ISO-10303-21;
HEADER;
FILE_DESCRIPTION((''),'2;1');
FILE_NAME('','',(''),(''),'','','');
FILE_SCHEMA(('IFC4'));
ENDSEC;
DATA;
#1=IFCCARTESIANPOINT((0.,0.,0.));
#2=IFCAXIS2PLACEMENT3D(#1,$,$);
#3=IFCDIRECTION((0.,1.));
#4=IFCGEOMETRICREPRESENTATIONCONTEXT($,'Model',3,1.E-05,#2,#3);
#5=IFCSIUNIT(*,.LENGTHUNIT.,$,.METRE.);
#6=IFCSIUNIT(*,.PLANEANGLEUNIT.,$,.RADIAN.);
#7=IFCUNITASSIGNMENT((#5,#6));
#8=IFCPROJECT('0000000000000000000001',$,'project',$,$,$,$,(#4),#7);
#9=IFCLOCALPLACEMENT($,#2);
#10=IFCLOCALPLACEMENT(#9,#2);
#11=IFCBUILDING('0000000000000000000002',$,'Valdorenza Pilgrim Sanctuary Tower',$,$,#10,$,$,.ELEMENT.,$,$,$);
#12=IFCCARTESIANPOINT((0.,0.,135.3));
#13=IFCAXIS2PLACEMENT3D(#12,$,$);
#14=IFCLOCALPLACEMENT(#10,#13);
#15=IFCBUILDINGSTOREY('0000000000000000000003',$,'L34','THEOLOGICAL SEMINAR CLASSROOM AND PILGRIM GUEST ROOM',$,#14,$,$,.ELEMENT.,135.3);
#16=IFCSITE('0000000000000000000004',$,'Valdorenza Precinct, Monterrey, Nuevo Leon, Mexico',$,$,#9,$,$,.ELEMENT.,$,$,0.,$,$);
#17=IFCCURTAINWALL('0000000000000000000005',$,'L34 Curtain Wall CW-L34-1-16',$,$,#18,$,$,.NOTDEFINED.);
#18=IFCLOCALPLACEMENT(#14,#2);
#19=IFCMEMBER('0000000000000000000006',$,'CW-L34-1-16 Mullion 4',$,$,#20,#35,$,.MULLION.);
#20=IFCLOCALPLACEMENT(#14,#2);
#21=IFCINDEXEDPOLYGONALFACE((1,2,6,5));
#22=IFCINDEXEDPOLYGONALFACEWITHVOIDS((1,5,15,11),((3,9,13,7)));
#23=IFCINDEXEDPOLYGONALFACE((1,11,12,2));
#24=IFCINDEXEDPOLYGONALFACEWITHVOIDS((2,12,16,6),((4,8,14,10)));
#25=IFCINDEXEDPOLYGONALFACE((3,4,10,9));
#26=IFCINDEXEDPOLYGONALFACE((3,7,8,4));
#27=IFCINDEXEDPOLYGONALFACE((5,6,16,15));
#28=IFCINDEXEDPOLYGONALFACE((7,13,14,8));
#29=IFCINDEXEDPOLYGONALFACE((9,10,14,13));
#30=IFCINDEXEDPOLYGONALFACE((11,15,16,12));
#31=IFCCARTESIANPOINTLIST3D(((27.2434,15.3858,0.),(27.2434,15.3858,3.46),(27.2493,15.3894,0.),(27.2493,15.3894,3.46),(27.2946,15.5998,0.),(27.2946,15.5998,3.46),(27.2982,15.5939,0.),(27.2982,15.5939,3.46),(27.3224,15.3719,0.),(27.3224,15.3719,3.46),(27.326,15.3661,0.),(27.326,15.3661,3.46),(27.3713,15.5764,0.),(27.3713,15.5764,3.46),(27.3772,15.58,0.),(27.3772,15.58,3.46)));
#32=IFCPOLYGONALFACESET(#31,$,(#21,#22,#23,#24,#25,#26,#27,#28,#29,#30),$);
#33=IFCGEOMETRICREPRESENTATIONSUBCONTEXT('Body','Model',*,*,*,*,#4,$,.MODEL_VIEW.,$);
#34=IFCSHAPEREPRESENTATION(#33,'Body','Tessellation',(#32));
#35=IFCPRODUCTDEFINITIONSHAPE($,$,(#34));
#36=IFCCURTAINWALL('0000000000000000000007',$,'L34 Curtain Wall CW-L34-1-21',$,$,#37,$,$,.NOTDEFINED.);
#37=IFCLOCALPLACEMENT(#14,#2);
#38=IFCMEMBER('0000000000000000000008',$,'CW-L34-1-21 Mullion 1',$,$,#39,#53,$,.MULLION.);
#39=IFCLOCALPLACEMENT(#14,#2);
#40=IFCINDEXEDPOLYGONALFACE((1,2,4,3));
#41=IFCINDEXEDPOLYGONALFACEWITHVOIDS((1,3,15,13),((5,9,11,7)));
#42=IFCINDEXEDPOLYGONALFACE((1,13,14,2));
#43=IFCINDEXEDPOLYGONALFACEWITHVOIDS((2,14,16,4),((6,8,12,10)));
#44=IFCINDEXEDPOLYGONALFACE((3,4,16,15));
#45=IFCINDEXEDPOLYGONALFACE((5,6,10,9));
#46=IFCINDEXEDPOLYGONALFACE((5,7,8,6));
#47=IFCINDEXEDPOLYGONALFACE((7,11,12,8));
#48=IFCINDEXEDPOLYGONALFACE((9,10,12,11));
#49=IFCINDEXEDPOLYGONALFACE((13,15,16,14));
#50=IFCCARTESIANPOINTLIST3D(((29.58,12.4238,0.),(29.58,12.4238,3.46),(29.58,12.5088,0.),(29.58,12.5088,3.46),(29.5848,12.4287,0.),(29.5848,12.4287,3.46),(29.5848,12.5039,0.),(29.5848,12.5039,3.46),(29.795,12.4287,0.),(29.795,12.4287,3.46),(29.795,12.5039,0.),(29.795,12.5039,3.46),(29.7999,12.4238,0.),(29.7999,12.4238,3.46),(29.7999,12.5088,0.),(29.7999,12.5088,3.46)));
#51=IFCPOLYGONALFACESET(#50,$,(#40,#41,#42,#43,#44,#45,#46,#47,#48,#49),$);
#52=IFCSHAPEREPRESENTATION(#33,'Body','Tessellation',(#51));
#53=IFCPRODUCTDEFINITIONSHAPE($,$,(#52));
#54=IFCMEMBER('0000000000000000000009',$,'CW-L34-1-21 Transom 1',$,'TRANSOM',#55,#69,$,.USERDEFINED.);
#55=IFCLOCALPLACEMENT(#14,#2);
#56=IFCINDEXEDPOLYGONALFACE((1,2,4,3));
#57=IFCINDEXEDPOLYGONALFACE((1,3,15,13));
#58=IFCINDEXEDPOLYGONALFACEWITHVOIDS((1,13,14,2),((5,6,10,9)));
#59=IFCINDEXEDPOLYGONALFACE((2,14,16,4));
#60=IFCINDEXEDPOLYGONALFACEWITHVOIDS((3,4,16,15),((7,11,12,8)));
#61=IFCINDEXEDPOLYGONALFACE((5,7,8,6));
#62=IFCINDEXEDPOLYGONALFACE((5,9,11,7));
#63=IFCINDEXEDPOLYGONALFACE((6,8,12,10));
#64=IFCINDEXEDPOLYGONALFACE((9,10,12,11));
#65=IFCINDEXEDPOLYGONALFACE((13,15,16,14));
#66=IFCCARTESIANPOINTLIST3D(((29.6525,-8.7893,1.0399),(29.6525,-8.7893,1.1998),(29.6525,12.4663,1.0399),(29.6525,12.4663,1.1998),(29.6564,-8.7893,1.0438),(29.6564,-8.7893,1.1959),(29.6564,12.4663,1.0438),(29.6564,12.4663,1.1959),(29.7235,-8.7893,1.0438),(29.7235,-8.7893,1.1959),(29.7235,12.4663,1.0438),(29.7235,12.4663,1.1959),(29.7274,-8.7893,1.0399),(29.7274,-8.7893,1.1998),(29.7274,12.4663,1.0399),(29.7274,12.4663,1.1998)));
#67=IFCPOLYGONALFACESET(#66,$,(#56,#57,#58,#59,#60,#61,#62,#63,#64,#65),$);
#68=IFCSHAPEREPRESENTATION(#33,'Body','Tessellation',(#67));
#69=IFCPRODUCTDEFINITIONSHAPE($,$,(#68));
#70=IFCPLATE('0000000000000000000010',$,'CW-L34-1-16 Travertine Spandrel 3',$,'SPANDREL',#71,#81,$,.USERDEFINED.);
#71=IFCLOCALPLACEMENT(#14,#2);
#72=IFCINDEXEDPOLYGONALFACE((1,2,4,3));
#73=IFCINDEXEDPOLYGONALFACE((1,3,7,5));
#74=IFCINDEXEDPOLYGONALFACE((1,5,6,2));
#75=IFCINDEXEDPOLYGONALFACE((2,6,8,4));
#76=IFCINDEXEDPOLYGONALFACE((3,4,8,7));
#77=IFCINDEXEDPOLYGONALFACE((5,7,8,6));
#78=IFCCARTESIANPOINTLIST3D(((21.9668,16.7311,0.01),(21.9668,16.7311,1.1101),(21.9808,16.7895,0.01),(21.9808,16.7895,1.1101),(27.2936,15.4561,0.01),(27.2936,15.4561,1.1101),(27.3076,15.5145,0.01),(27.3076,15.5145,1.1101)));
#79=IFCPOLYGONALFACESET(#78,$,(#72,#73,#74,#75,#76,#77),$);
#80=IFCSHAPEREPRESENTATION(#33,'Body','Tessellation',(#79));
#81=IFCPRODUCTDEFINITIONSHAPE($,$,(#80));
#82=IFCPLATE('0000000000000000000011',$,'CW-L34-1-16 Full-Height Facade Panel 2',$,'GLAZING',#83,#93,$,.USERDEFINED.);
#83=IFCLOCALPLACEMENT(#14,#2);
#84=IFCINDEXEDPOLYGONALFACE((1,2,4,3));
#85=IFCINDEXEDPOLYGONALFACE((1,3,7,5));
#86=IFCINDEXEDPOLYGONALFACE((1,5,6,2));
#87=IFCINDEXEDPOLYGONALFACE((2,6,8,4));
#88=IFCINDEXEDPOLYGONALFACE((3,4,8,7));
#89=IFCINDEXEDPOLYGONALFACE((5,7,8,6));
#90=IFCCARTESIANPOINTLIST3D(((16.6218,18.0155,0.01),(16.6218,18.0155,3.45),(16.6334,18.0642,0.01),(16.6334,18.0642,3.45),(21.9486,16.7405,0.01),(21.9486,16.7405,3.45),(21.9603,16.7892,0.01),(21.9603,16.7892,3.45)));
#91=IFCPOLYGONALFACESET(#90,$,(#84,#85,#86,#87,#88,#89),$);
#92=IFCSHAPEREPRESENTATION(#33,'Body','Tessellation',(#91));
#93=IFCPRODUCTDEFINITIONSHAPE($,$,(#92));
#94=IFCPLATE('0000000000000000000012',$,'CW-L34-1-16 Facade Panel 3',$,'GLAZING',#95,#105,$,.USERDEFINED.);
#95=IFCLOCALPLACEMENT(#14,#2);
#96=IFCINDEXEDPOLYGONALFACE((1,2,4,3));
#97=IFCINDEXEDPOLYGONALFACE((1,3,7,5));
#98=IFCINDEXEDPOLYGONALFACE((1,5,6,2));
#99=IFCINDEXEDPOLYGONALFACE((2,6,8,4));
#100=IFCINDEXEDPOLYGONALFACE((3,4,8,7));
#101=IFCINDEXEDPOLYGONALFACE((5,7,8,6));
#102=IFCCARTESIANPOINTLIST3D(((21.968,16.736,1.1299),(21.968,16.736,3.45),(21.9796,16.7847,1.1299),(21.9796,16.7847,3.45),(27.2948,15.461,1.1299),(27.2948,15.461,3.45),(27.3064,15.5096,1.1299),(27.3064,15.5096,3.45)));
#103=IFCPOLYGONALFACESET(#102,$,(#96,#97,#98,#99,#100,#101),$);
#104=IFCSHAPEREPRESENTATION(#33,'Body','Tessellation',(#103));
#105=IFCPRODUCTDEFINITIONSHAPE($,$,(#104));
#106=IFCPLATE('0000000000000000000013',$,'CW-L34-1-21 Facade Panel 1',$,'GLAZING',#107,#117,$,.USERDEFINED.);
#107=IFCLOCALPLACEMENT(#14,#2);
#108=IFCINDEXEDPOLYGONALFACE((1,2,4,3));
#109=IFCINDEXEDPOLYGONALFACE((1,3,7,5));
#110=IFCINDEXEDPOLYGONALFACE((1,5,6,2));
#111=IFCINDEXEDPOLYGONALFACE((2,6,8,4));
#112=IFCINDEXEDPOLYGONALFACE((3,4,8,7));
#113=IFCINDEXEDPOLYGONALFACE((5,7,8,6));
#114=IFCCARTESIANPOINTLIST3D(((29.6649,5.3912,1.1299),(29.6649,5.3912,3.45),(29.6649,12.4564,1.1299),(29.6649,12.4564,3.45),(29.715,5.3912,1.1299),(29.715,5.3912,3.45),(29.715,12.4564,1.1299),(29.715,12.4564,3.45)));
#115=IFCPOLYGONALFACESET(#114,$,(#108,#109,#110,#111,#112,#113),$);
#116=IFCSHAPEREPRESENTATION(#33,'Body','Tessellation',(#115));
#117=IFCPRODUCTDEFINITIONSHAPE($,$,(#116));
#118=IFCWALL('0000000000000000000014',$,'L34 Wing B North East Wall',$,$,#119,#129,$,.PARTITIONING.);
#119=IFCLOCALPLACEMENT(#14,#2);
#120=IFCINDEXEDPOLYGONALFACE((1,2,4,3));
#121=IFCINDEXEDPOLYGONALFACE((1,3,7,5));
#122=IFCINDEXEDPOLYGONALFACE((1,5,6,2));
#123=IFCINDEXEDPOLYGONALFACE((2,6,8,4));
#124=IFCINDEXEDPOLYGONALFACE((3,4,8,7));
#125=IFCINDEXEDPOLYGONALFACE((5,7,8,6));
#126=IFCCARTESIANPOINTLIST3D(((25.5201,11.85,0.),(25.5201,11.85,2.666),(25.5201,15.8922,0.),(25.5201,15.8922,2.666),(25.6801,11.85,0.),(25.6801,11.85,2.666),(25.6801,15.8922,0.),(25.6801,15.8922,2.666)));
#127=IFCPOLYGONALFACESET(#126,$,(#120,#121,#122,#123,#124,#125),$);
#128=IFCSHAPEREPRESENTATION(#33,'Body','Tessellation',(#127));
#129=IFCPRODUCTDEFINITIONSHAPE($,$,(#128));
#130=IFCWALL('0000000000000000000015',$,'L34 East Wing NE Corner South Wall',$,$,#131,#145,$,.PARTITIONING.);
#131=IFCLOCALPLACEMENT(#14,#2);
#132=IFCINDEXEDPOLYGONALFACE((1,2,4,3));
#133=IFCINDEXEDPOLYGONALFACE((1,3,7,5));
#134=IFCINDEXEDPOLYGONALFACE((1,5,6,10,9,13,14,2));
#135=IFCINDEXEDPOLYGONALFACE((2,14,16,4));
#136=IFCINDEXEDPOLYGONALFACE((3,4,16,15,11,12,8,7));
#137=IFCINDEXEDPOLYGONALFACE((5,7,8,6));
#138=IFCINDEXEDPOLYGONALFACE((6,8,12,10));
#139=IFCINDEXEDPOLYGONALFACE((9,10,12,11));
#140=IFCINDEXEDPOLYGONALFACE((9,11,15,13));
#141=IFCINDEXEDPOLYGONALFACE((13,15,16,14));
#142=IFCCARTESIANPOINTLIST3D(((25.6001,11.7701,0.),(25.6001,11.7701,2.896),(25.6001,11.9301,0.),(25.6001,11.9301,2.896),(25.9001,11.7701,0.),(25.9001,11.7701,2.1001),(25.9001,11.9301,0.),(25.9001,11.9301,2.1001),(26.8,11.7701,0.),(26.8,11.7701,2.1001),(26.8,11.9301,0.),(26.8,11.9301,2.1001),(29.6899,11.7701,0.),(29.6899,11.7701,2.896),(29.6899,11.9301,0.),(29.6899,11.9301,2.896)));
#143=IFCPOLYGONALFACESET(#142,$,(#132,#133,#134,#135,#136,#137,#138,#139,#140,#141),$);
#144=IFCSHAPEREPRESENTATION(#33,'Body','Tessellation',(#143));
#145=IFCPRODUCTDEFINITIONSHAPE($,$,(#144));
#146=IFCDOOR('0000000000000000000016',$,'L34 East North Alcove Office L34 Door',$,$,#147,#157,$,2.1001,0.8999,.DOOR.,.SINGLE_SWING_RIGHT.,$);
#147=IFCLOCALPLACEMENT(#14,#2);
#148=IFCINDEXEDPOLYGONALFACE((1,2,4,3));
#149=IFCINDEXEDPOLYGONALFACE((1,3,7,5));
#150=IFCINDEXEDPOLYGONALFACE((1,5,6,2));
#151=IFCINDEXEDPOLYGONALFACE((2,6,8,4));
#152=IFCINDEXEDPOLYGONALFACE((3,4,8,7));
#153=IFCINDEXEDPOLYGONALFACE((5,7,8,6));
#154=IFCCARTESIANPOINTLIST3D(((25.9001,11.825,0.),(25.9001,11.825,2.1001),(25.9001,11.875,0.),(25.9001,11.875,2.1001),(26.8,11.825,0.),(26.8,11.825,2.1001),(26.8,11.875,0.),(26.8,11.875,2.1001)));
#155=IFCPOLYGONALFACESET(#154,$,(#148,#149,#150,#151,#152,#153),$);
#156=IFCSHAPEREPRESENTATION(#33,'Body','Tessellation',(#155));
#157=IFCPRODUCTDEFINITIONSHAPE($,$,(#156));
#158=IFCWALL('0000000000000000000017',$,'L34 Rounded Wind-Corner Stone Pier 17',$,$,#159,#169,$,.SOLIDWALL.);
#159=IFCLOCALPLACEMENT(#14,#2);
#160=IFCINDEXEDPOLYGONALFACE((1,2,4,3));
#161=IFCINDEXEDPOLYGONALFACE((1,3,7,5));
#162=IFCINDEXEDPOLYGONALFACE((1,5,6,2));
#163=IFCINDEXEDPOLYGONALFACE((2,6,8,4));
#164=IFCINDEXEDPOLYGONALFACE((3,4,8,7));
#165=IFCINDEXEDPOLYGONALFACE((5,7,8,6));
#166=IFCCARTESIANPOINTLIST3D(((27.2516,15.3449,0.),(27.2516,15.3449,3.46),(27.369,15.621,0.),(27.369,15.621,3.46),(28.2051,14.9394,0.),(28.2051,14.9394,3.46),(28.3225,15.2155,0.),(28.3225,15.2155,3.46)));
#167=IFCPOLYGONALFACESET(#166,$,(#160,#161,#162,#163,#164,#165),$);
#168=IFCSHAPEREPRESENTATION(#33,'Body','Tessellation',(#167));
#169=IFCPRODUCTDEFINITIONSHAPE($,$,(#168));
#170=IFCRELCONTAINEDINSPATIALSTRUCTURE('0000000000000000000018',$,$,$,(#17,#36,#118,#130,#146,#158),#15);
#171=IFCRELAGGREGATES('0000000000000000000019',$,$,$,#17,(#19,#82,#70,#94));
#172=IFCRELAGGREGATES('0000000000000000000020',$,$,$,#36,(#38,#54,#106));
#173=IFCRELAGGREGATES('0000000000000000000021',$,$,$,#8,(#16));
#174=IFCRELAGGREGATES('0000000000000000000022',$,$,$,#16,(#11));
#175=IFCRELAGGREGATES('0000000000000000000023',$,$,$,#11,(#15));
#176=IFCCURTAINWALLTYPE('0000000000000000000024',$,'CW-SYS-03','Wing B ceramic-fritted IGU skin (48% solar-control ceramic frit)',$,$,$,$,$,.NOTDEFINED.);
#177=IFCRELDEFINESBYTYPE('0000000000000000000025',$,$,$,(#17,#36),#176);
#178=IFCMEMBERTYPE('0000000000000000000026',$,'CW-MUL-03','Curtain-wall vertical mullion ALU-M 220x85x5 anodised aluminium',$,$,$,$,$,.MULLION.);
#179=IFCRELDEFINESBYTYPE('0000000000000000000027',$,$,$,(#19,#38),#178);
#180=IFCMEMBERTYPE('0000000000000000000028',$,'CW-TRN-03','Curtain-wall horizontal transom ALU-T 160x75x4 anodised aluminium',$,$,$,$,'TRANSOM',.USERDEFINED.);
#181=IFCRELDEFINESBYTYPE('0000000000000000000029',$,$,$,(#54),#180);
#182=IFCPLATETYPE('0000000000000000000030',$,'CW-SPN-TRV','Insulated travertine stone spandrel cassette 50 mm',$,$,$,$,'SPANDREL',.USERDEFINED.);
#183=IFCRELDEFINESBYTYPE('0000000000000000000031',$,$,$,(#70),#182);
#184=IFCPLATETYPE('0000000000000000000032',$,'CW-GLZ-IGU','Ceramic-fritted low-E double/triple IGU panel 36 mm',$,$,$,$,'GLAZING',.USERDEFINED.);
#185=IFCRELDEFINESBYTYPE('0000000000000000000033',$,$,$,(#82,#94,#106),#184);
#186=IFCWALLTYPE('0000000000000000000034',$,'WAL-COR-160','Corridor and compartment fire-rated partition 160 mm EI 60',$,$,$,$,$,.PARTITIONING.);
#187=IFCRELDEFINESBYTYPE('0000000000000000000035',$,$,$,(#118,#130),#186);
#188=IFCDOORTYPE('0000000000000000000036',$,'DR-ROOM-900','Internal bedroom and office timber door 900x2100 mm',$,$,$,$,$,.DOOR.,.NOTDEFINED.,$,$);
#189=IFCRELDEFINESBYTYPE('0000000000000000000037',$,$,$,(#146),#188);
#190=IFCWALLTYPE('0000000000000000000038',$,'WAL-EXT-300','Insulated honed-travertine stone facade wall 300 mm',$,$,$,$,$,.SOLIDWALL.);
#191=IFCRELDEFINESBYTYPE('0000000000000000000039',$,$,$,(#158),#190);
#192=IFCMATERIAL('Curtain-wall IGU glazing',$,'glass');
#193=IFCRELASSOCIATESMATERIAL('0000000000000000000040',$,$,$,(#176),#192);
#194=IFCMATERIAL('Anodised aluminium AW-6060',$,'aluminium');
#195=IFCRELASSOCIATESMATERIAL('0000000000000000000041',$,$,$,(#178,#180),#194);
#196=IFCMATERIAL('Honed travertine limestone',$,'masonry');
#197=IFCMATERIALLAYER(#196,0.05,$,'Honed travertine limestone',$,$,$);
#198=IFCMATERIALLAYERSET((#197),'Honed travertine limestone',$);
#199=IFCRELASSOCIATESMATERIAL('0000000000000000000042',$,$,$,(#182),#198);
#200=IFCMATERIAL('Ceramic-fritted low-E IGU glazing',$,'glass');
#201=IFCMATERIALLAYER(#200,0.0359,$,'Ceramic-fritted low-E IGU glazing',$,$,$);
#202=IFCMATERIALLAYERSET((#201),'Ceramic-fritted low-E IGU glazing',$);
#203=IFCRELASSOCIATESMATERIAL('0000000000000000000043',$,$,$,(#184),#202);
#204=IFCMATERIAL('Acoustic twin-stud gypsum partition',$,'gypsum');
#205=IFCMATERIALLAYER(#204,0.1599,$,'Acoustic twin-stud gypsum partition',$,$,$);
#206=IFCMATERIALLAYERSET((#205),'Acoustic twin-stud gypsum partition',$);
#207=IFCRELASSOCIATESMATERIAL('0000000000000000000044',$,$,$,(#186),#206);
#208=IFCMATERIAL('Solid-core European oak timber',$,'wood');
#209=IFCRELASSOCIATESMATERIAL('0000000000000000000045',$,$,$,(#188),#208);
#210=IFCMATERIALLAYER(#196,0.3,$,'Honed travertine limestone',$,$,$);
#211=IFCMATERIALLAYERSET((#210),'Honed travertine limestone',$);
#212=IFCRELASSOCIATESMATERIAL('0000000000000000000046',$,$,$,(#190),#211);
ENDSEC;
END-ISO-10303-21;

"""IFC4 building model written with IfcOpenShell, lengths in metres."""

from ifc_helpers import new_model, si_unit, direction, frame, frame_2d, origin, origin_2d, place, context, subcontext, project, spatial, rectangle, hollow_rectangle, extrude, source, transform, mapped, material, layer, layer_set, material_profile, profile_set, type_object, element, fill, aggregate, save


model = new_model("IFC4")

# Units and contexts
model_context = context("Model", 3, precision=1e-05, world=origin(), true_north=direction((0.0, 1.0)))
body_context = subcontext(model_context, "Body", "Model", "MODEL_VIEW")
ifc_project = project(units=[si_unit("LENGTHUNIT", "METRE"), si_unit("PLANEANGLEUNIT", "RADIAN")], contexts=[model_context])

# Site, building, storey
site_placement = place(None, origin())
site = spatial("IfcSite", under=ifc_project, at=site_placement, Name="Valdorenza Precinct, Monterrey, Nuevo Leon, Mexico", CompositionType="ELEMENT", RefElevation=0.0)
building_placement = place(site_placement, origin())
building = spatial("IfcBuilding", under=site, at=building_placement, Name="Valdorenza Pilgrim Sanctuary Tower", CompositionType="ELEMENT")
storey_placement = place(building_placement, frame((0.0, 0.0, 135.3)))
storey = spatial("IfcBuildingStorey", under=building, at=storey_placement, Name="L34", Description="THEOLOGICAL SEMINAR CLASSROOM AND PILGRIM GUEST ROOM", CompositionType="ELEMENT", Elevation=135.3)

# Curtain walls, members
ifc_material_1 = material(Name="Curtain-wall IGU glazing", Category="glass")
curtain_wall_type = type_object("IfcCurtainWallType", Name="CW-SYS-03", Description="Wing B ceramic-fritted IGU skin (48% solar-control ceramic frit)", PredefinedType="NOTDEFINED", material=ifc_material_1)
curtain_wall_1_placement = place(storey_placement, origin())
curtain_wall_1 = element("IfcCurtainWall", 1, at=curtain_wall_1_placement, inside=storey, type_object=curtain_wall_type, Name="L34 Curtain Wall CW-L34-1-16", PredefinedType="NOTDEFINED")
ifc_material_2 = material(Name="Anodised aluminium AW-6060", Category="aluminium")
ifc_material_profile_1 = material_profile(ifc_material_2, hollow_rectangle(XDim=0.085, YDim=0.22, WallThickness=0.0049, at=origin_2d()), Name="ALU-M 220x85x5")
ifc_profile_set_1 = profile_set([ifc_material_profile_1], Name="Anodised aluminium AW-6060")
member_type_1 = type_object("IfcMemberType", Name="CW-MUL-03", Description="Curtain-wall vertical mullion ALU-M 220x85x5 anodised aluminium", PredefinedType="MULLION", material=ifc_profile_set_1)
shared_shape_1 = source(origin(), body_context, "Body", "SweptSolid", [
    extrude(hollow_rectangle(XDim=0.085, YDim=0.22, WallThickness=0.0049, at=origin_2d()), origin(), (0.0, 0.0, 1.0), 3.46),
])
member_1_placement = place(storey_placement, frame((27.3103, 15.4829, 0.0), z_axis=(0.0, 0.0, 1.0), x_axis=(0.972529, -0.232783, 0.0)))
member_1 = element("IfcMember", 2, at=member_1_placement, type_object=member_type_1, Name="CW-L34-1-16 Mullion 4", PredefinedType="MULLION", context=body_context, shape_type="MappedRepresentation", body=[
    mapped(shared_shape_1, transform((0.0, 0.0, 0.0), x_axis=(1.0, 0.0, 0.0), y_axis=(0.0, 1.0, 0.0), z_axis=(0.0, 0.0, 1.0), scale=1.0)),
])
curtain_wall_2_placement = place(storey_placement, origin())
curtain_wall_2 = element("IfcCurtainWall", 3, at=curtain_wall_2_placement, inside=storey, type_object=curtain_wall_type, Name="L34 Curtain Wall CW-L34-1-21", PredefinedType="NOTDEFINED")
member_2_placement = place(storey_placement, frame((29.6899, 12.4663, 0.0), z_axis=(0.0, 0.0, 1.0), x_axis=(0.0, -1.0, 0.0)))
member_2 = element("IfcMember", 4, at=member_2_placement, type_object=member_type_1, Name="CW-L34-1-21 Mullion 1", PredefinedType="MULLION", context=body_context, shape_type="MappedRepresentation", body=[
    mapped(shared_shape_1, transform((0.0, 0.0, 0.0), x_axis=(1.0, 0.0, 0.0), y_axis=(0.0, 1.0, 0.0), z_axis=(0.0, 0.0, 1.0), scale=1.0)),
])
ifc_material_profile_2 = material_profile(ifc_material_2, hollow_rectangle(XDim=0.075, YDim=0.1599, WallThickness=0.0039, at=origin_2d()), Name="ALU-T 160x75x4")
ifc_profile_set_2 = profile_set([ifc_material_profile_2], Name="Anodised aluminium AW-6060")
member_type_2 = type_object("IfcMemberType", Name="CW-TRN-03", Description="Curtain-wall horizontal transom ALU-T 160x75x4 anodised aluminium", ElementType="TRANSOM", PredefinedType="USERDEFINED", material=ifc_profile_set_2)
shared_shape_2 = source(origin(), body_context, "Body", "SweptSolid", [
    extrude(hollow_rectangle(XDim=0.075, YDim=0.1599, WallThickness=0.0039, at=origin_2d()), origin(), (0.0, 0.0, 1.0), 21.2556),
])
member_3_placement = place(storey_placement, frame((29.6899, 12.4663, 1.1199), z_axis=(0.0, -1.0, 0.0), x_axis=(1.0, 0.0, 0.0)))
member_3 = element("IfcMember", 5, at=member_3_placement, type_object=member_type_2, Name="CW-L34-1-21 Transom 1", ObjectType="TRANSOM", PredefinedType="USERDEFINED", context=body_context, shape_type="MappedRepresentation", body=[
    mapped(shared_shape_2, transform((0.0, 0.0, 0.0), x_axis=(1.0, 0.0, 0.0), y_axis=(0.0, 1.0, 0.0), z_axis=(0.0, 0.0, 1.0), scale=1.0)),
])

# Plates
ifc_material_3 = material(Name="Honed travertine limestone", Category="masonry")
ifc_layer_1 = layer(ifc_material_3, 0.05, Name="Honed travertine limestone")
ifc_layer_set_1 = layer_set([ifc_layer_1], Name="Honed travertine limestone")
plate_type_1 = type_object("IfcPlateType", Name="CW-SPN-TRV", Description="Insulated travertine stone spandrel cassette 50 mm", ElementType="SPANDREL", PredefinedType="USERDEFINED", material=ifc_layer_set_1)
shared_shape_3 = source(origin(), body_context, "Body", "SweptSolid", [
    extrude(rectangle(XDim=5.4773, YDim=0.0601, at=origin_2d()), origin(), (0.0, 0.0, 1.0), 1.1001),
])
plate_1_placement = place(storey_placement, frame((24.6372, 16.1228, 0.01), z_axis=(0.0, 0.0, 1.0), x_axis=(0.972529, -0.232783, 0.0)))
plate_1 = element("IfcPlate", 6, at=plate_1_placement, type_object=plate_type_1, Name="CW-L34-1-16 Travertine Spandrel 3", ObjectType="SPANDREL", PredefinedType="USERDEFINED", context=body_context, shape_type="MappedRepresentation", body=[
    mapped(shared_shape_3, transform((0.0, 0.0, 0.0), x_axis=(1.0, 0.0, 0.0), y_axis=(0.0, 1.0, 0.0), z_axis=(0.0, 0.0, 1.0), scale=1.0)),
])
ifc_material_4 = material(Name="Ceramic-fritted low-E IGU glazing", Category="glass")
ifc_layer_2 = layer(ifc_material_4, 0.0359, Name="Ceramic-fritted low-E IGU glazing")
ifc_layer_set_2 = layer_set([ifc_layer_2], Name="Ceramic-fritted low-E IGU glazing")
plate_type_2 = type_object("IfcPlateType", Name="CW-GLZ-IGU", Description="Ceramic-fritted low-E double/triple IGU panel 36 mm", ElementType="GLAZING", PredefinedType="USERDEFINED", material=ifc_layer_set_2)
shared_shape_4 = source(origin(), body_context, "Body", "SweptSolid", [
    extrude(rectangle(XDim=5.4773, YDim=0.05, at=origin_2d()), origin(), (0.0, 0.0, 1.0), 3.4399),
])
plate_2_placement = place(storey_placement, frame((19.291, 17.4023, 0.01), z_axis=(0.0, 0.0, 1.0), x_axis=(0.972529, -0.232783, 0.0)))
plate_2 = element("IfcPlate", 7, at=plate_2_placement, type_object=plate_type_2, Name="CW-L34-1-16 Full-Height Facade Panel 2", ObjectType="GLAZING", PredefinedType="USERDEFINED", context=body_context, shape_type="MappedRepresentation", body=[
    mapped(shared_shape_4, transform((0.0, 0.0, 0.0), x_axis=(1.0, 0.0, 0.0), y_axis=(0.0, 1.0, 0.0), z_axis=(0.0, 0.0, 1.0), scale=1.0)),
])
shared_shape_5 = source(origin(), body_context, "Body", "SweptSolid", [
    extrude(rectangle(XDim=5.4773, YDim=0.05, at=origin_2d()), origin(), (0.0, 0.0, 1.0), 2.3201),
])
plate_3_placement = place(storey_placement, frame((24.6372, 16.1228, 1.1299), z_axis=(0.0, 0.0, 1.0), x_axis=(0.972529, -0.232783, 0.0)))
plate_3 = element("IfcPlate", 8, at=plate_3_placement, type_object=plate_type_2, Name="CW-L34-1-16 Facade Panel 3", ObjectType="GLAZING", PredefinedType="USERDEFINED", context=body_context, shape_type="MappedRepresentation", body=[
    mapped(shared_shape_5, transform((0.0, 0.0, 0.0), x_axis=(1.0, 0.0, 0.0), y_axis=(0.0, 1.0, 0.0), z_axis=(0.0, 0.0, 1.0), scale=1.0)),
])
aggregate(curtain_wall_1, [member_1, plate_2, plate_1, plate_3])
shared_shape_6 = source(origin(), body_context, "Body", "SweptSolid", [
    extrude(rectangle(XDim=7.0652, YDim=0.05, at=origin_2d()), origin(), (0.0, 0.0, 1.0), 2.3201),
])
plate_4_placement = place(storey_placement, frame((29.6899, 8.9238, 1.1299), z_axis=(0.0, 0.0, 1.0), x_axis=(0.0, -1.0, 0.0)))
plate_4 = element("IfcPlate", 9, at=plate_4_placement, type_object=plate_type_2, Name="CW-L34-1-21 Facade Panel 1", ObjectType="GLAZING", PredefinedType="USERDEFINED", context=body_context, shape_type="MappedRepresentation", body=[
    mapped(shared_shape_6, transform((0.0, 0.0, 0.0), x_axis=(1.0, 0.0, 0.0), y_axis=(0.0, 1.0, 0.0), z_axis=(0.0, 0.0, 1.0), scale=1.0)),
])
aggregate(curtain_wall_2, [member_2, member_3, plate_4])

# Wall
ifc_material_5 = material(Name="Acoustic twin-stud gypsum partition", Category="gypsum")
ifc_layer_3 = layer(ifc_material_5, 0.1599, Name="Acoustic twin-stud gypsum partition")
ifc_layer_set_3 = layer_set([ifc_layer_3], Name="Acoustic twin-stud gypsum partition")
wall_type_1 = type_object("IfcWallType", Name="WAL-COR-160", Description="Corridor and compartment fire-rated partition 160 mm EI 60", PredefinedType="PARTITIONING", material=ifc_layer_set_3)
wall_1_placement = place(storey_placement, frame((25.6001, 11.8501, 0.0), z_axis=(0.0, 0.0, 1.0), x_axis=(0.0, 1.0, 0.0)))
element("IfcWall", 10, at=wall_1_placement, inside=storey, type_object=wall_type_1, Name="L34 Wing B North East Wall", PredefinedType="PARTITIONING", context=body_context, shape_type="SweptSolid", body=[
    extrude(rectangle(XDim=4.0422, YDim=0.1599, at=frame_2d((2.021, 0.0))), origin(), (0.0, 0.0, 1.0), 2.666),
])

# Wall, opening, door
wall_2_placement = place(storey_placement, frame((25.6001, 11.8501, 0.0), z_axis=(0.0, 0.0, 1.0), x_axis=(1.0, 0.0, 0.0)))
wall_2 = element("IfcWall", 11, at=wall_2_placement, inside=storey, type_object=wall_type_1, Name="L34 East Wing NE Corner South Wall", PredefinedType="PARTITIONING", context=body_context, shape_type="SweptSolid", body=[
    extrude(rectangle(XDim=4.0898, YDim=0.1599, at=frame_2d((2.0449, 0.0))), origin(), (0.0, 0.0, 1.0), 2.896),
])
opening_placement = place(wall_2_placement, frame((0.3, 0.0, 0.0)))
opening = element("IfcOpeningElement", 12, at=opening_placement, cuts=wall_2, PredefinedType="OPENING", context=body_context, shape_type="SweptSolid", body=[
    extrude(rectangle(XDim=0.8999, YDim=2.1001, at=frame_2d((0.45, 1.05))), frame((0.0, 0.0947, 0.0), z_axis=(0.0, -1.0, 0.0), x_axis=(1.0, 0.0, 0.0)), (0.0, 0.0, 1.0), 0.1897),
])
ifc_material_6 = material(Name="Solid-core European oak timber", Category="wood")
door_type = type_object("IfcDoorType", Name="DR-ROOM-900", Description="Internal bedroom and office timber door 900x2100 mm", OperationType="NOTDEFINED", PredefinedType="DOOR", material=ifc_material_6)
door_placement = place(opening_placement, origin())
door = element("IfcDoor", 13, at=door_placement, inside=storey, type_object=door_type, Name="L34 East North Alcove Office L34 Door", OperationType="SINGLE_SWING_RIGHT", OverallHeight=2.1001, OverallWidth=0.8999, PredefinedType="DOOR", context=body_context, shape_type="SweptSolid", body=[
    extrude(rectangle(XDim=0.8999, YDim=2.1001, at=frame_2d((0.45, 1.05))), frame((0.0, 0.0249, 0.0), z_axis=(0.0, -1.0, 0.0), x_axis=(1.0, 0.0, 0.0)), (0.0, 0.0, 1.0), 0.05),
])
fill(opening, door)

# Wall
ifc_layer_4 = layer(ifc_material_3, 0.3, Name="Honed travertine limestone")
ifc_layer_set_4 = layer_set([ifc_layer_4], Name="Honed travertine limestone")
wall_type_2 = type_object("IfcWallType", Name="WAL-EXT-300", Description="Insulated honed-travertine stone facade wall 300 mm", PredefinedType="SOLIDWALL", material=ifc_layer_set_4)
wall_3_placement = place(storey_placement, frame((27.3103, 15.4829, 0.0), z_axis=(0.0, 0.0, 1.0), x_axis=(0.92025, -0.39133, 0.0)))
element("IfcWall", 14, at=wall_3_placement, inside=storey, type_object=wall_type_2, Name="L34 Rounded Wind-Corner Stone Pier 17", PredefinedType="SOLIDWALL", context=body_context, shape_type="SweptSolid", body=[
    extrude(rectangle(XDim=1.0361, YDim=0.3, at=frame_2d((0.5181, 0.0))), origin(), (0.0, 0.0, 1.0), 3.46),
])

save(model, "model.ifc")
